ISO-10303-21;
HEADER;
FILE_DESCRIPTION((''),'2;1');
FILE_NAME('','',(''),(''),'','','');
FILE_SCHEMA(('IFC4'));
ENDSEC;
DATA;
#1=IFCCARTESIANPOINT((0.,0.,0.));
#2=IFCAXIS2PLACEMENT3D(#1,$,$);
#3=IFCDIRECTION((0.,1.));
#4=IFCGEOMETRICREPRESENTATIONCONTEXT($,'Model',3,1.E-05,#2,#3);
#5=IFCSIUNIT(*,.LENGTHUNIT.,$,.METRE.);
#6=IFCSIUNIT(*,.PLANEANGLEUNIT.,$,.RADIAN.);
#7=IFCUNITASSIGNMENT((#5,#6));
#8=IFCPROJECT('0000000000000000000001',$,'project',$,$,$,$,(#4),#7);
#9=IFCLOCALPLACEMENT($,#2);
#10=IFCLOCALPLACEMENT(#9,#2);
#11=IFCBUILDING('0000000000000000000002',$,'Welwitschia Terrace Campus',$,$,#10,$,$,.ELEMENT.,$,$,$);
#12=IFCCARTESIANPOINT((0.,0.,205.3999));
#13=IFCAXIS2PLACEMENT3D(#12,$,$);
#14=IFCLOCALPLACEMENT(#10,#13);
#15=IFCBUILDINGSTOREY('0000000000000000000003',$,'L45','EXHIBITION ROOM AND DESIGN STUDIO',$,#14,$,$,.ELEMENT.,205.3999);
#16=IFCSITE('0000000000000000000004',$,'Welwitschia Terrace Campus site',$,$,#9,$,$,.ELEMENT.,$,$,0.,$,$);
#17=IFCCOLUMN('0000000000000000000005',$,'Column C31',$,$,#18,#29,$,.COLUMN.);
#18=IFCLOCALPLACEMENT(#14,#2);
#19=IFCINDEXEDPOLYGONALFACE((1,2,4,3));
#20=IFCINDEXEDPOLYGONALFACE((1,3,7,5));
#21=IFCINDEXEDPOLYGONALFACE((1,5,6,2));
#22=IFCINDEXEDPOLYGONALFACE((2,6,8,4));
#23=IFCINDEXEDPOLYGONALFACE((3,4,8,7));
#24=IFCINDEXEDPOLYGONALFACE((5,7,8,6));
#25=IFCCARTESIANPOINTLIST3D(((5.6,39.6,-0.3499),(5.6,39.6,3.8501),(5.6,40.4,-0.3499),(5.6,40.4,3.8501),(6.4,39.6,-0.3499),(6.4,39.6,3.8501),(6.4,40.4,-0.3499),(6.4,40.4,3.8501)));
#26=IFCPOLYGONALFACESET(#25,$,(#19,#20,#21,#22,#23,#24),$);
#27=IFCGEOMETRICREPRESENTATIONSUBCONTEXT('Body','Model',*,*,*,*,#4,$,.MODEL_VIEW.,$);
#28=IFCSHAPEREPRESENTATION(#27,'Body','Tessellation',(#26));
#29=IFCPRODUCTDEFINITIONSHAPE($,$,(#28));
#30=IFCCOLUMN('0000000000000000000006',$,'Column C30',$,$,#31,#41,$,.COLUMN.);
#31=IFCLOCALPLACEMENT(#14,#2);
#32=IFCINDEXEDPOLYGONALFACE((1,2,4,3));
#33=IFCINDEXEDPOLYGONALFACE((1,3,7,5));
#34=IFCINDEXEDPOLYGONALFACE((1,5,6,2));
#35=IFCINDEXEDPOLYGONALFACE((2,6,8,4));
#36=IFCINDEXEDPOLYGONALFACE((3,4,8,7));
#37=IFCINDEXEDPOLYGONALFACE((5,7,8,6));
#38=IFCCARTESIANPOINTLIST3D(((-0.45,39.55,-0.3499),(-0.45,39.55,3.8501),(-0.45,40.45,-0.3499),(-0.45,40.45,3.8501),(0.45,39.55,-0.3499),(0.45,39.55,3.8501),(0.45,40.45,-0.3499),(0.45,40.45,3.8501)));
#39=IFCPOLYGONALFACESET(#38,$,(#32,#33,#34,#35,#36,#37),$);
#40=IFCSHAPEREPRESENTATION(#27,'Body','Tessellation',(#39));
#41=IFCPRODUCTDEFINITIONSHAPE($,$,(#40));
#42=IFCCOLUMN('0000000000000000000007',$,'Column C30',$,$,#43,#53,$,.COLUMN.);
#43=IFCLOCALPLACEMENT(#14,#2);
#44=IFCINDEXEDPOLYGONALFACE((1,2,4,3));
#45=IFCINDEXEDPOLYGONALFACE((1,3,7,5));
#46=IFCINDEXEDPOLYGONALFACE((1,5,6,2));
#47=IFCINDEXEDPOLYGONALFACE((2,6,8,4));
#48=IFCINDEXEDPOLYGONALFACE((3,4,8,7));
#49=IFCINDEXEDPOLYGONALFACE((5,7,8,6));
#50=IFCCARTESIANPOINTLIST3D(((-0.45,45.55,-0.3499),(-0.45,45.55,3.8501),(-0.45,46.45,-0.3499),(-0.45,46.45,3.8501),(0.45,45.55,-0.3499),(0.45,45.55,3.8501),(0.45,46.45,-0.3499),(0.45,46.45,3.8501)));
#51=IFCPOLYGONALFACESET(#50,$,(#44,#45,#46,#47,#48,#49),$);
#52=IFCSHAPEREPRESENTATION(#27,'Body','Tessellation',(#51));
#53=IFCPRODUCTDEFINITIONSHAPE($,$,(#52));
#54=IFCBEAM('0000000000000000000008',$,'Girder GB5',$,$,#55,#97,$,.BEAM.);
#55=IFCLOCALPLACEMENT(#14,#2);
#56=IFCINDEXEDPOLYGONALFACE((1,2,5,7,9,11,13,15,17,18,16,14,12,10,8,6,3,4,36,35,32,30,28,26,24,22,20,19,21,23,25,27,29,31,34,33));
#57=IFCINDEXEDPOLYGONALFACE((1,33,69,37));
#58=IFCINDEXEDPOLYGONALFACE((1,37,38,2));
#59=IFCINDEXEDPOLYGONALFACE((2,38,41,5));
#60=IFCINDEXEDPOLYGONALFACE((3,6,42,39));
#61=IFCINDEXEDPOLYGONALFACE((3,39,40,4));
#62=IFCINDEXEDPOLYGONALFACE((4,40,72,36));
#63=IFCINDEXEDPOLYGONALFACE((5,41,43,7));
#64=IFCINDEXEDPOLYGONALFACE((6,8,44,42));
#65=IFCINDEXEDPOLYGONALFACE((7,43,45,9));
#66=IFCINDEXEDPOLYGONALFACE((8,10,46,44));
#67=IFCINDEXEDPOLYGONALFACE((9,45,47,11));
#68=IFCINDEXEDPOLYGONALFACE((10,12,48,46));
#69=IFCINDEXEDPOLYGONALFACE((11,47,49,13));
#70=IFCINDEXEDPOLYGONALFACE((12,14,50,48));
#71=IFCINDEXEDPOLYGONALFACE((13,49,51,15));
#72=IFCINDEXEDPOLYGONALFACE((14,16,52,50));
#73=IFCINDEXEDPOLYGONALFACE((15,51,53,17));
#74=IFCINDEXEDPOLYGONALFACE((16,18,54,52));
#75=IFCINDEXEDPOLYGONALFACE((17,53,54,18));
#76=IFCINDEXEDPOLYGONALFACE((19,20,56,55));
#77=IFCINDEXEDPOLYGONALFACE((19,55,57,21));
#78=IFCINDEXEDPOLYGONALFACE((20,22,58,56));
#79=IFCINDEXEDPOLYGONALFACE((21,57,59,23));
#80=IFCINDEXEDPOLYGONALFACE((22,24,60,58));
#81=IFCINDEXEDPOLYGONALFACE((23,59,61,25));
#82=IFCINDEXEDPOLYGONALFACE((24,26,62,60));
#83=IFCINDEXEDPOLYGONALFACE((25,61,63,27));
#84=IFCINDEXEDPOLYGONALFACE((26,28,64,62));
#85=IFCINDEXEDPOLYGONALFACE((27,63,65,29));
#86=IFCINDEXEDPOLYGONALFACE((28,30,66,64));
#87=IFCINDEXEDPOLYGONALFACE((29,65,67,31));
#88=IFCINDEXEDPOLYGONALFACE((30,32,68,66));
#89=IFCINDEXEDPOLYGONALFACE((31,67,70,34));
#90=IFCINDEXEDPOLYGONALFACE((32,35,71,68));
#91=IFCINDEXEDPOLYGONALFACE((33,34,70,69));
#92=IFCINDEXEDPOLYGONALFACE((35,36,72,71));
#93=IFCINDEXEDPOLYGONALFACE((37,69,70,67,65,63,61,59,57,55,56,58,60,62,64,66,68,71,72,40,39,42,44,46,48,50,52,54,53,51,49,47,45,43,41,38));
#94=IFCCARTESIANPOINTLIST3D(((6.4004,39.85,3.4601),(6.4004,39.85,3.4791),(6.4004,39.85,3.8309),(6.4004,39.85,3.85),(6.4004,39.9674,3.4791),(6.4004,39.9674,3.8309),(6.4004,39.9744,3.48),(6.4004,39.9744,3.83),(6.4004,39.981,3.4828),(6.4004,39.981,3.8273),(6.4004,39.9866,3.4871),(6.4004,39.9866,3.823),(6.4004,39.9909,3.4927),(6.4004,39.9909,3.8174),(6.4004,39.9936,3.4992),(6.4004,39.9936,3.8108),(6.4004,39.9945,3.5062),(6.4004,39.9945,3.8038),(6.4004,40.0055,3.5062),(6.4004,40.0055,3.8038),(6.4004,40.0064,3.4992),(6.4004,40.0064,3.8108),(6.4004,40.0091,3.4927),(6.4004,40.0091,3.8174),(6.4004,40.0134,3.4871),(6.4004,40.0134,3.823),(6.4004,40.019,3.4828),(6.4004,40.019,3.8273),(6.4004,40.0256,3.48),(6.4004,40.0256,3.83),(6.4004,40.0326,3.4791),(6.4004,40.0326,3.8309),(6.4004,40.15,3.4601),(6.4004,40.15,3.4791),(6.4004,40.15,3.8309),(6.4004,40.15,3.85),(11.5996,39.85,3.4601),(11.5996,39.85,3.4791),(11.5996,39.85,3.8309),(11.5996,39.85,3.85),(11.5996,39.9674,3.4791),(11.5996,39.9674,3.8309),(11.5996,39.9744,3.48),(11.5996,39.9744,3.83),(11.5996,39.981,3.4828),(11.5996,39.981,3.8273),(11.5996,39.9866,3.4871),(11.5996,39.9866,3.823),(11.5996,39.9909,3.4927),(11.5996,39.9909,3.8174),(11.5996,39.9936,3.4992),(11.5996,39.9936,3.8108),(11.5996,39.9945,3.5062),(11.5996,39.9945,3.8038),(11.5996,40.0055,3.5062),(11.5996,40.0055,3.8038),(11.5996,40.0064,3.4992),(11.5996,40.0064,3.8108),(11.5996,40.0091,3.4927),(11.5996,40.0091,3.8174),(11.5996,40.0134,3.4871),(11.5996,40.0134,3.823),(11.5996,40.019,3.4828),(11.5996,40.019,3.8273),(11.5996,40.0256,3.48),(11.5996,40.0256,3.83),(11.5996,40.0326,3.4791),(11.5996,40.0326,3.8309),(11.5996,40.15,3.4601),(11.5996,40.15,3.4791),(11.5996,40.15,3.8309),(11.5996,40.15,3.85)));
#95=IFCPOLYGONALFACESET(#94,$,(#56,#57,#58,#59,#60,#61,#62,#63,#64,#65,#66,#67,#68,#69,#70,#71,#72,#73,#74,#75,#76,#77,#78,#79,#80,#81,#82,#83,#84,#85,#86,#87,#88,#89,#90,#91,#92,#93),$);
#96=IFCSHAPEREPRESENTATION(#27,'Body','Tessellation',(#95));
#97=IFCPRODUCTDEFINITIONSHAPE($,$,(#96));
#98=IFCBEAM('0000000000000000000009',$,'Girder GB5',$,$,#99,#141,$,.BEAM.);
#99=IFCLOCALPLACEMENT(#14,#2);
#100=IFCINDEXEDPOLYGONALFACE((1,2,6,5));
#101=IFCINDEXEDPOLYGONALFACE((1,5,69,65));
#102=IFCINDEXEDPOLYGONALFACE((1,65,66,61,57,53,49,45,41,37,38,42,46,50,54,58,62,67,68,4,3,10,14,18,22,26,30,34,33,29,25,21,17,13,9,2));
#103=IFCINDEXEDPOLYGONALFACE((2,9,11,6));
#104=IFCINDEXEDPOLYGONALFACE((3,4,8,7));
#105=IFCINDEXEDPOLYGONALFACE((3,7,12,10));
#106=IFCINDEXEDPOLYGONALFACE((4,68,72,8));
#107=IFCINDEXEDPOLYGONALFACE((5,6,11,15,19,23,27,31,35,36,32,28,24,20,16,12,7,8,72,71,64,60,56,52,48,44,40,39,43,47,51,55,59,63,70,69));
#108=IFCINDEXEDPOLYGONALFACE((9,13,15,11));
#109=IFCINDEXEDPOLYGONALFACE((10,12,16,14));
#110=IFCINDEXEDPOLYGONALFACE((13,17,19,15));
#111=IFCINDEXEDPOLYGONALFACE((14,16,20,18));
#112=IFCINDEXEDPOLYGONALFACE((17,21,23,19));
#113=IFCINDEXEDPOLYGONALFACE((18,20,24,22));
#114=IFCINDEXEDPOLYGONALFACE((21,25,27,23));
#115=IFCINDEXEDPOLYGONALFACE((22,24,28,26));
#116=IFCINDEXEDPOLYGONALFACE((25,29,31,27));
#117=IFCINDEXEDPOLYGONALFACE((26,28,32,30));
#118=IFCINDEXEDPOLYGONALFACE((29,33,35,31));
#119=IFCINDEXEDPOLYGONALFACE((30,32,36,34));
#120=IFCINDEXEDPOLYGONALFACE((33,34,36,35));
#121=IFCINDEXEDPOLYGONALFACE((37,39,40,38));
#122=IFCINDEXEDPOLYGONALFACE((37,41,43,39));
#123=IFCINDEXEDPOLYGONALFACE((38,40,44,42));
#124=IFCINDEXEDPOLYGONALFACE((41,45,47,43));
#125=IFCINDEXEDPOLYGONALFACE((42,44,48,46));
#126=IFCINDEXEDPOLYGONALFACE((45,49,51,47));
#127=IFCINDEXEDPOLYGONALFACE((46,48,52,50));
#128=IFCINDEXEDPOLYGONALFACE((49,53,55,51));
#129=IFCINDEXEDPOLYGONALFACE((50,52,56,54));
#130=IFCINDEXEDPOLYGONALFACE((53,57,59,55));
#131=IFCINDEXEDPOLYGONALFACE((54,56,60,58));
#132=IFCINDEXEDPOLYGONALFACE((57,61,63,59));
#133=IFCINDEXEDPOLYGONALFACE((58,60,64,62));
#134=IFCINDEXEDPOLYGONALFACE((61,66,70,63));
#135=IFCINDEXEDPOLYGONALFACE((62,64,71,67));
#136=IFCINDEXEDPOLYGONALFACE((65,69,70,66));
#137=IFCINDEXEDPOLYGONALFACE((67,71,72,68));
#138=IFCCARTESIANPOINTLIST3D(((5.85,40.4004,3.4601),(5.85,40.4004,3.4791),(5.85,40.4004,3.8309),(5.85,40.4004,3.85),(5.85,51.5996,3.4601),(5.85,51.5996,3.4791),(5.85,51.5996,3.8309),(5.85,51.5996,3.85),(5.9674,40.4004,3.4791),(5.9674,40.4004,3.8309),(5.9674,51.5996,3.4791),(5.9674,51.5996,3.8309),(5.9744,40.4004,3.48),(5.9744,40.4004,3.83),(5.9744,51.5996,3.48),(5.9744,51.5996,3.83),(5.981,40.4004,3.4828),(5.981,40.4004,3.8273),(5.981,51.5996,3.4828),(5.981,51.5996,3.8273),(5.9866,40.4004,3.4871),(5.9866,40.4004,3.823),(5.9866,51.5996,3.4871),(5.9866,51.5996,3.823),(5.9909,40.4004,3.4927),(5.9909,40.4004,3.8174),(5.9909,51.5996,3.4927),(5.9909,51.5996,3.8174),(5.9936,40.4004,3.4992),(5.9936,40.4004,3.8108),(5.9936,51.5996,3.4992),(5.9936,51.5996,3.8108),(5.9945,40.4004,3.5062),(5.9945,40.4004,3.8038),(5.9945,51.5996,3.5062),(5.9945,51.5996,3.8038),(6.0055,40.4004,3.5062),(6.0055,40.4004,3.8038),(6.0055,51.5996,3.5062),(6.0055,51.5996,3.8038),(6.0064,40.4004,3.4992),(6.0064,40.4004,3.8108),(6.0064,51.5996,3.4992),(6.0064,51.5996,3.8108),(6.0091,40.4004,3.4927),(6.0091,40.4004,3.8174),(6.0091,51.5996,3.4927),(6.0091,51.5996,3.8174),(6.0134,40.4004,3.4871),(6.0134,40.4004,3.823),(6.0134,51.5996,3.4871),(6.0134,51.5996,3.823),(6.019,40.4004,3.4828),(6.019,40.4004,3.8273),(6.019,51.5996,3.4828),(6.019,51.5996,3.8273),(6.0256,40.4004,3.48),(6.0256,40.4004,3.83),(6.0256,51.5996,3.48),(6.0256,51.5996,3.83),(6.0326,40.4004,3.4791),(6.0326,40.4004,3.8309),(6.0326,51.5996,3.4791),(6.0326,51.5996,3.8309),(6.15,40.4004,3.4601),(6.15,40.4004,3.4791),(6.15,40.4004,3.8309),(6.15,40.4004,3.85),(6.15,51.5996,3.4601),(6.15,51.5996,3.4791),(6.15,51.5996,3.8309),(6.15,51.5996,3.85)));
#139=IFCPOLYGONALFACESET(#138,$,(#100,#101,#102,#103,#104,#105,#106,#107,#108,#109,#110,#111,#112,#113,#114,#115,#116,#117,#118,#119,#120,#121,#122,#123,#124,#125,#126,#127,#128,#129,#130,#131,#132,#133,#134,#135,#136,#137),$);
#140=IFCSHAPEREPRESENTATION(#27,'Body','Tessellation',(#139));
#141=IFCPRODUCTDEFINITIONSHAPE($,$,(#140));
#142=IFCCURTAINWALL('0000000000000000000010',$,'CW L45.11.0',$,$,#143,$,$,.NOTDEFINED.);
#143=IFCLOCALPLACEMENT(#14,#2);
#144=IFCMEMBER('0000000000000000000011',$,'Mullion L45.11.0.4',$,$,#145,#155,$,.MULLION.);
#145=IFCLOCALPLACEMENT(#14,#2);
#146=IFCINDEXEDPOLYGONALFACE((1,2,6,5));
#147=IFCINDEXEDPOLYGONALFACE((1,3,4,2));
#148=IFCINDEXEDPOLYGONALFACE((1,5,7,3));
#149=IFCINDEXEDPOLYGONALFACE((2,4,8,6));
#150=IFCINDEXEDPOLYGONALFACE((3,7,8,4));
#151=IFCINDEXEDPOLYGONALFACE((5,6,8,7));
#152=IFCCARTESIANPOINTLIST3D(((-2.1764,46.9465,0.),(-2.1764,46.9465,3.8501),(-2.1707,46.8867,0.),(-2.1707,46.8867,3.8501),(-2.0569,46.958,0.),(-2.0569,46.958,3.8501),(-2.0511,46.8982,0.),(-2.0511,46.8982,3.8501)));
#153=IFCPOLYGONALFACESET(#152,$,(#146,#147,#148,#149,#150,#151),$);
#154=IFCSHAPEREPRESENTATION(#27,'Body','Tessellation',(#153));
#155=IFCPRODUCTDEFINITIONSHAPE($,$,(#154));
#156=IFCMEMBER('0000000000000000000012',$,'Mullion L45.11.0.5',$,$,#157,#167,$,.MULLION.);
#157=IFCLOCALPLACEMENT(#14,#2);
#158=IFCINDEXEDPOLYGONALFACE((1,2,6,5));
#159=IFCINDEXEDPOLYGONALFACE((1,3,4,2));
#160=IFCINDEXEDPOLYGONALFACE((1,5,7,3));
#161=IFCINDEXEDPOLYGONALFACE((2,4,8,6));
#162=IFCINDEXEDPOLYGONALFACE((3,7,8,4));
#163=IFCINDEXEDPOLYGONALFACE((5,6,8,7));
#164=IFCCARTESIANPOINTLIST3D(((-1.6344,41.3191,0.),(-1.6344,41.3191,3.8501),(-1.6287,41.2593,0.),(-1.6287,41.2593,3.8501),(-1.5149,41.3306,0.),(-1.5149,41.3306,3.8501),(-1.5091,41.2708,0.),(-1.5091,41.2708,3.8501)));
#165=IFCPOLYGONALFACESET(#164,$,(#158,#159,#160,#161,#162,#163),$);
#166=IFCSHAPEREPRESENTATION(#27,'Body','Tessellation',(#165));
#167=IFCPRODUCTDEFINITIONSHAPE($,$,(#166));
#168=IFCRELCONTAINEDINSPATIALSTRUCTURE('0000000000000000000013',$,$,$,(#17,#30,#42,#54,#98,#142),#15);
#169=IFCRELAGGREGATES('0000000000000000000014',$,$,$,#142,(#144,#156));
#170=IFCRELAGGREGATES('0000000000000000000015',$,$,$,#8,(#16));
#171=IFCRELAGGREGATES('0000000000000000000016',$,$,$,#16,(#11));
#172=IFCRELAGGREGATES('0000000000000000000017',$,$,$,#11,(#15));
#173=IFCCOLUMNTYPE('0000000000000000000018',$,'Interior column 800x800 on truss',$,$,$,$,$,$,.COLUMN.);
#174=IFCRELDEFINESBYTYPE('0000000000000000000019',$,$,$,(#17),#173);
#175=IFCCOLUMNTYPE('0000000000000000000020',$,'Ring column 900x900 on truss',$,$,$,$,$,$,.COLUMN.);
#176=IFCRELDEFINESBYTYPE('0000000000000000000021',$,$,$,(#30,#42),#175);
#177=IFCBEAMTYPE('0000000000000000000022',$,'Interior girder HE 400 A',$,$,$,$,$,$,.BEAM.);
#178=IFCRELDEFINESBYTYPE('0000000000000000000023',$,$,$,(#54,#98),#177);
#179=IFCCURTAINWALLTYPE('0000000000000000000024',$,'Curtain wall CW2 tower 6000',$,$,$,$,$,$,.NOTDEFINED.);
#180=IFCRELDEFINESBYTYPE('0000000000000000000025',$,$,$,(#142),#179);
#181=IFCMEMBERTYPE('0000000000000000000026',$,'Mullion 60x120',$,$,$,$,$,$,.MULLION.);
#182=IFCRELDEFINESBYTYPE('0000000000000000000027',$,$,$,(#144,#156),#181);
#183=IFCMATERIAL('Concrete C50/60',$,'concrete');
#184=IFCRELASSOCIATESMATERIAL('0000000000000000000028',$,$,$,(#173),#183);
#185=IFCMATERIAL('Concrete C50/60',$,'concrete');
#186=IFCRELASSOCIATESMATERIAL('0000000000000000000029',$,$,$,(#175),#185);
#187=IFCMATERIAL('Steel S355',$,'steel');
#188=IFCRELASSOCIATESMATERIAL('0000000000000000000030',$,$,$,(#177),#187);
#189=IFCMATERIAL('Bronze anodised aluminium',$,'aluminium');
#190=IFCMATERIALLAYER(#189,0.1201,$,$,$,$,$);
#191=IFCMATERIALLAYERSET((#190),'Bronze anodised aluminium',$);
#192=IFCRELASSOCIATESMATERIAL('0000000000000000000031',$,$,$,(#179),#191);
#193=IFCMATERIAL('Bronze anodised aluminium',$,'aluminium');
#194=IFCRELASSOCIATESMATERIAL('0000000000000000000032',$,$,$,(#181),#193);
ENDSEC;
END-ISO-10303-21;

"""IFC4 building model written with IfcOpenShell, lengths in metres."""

from ifc_helpers import new_model, si_unit, direction, frame, origin, origin_2d, place, context, subcontext, project, spatial, rectangle, i_section, extrude, material, layer, layer_set, material_profile, profile_set, type_object, element, aggregate, save


model = new_model("IFC4")

# Units and contexts
model_context = context("Model", 3, precision=1e-05, world=origin(), true_north=direction((0.0, 1.0)))
body_context = subcontext(model_context, "Body", "Model", "MODEL_VIEW")
ifc_project = project(units=[si_unit("LENGTHUNIT", "METRE"), si_unit("PLANEANGLEUNIT", "RADIAN")], contexts=[model_context])

# Site, building, storey
site_placement = place(None, origin())
site = spatial("IfcSite", under=ifc_project, at=site_placement, Name="Welwitschia Terrace Campus site", CompositionType="ELEMENT", RefElevation=0.0)
building_placement = place(site_placement, origin())
building = spatial("IfcBuilding", under=site, at=building_placement, Name="Welwitschia Terrace Campus", CompositionType="ELEMENT")
storey_placement = place(building_placement, frame((0.0, 0.0, 205.3999)))
storey = spatial("IfcBuildingStorey", under=building, at=storey_placement, Name="L45", Description="EXHIBITION ROOM AND DESIGN STUDIO", CompositionType="ELEMENT", Elevation=205.3999)

# Columns
ifc_material_1 = material(Name="Concrete C50/60", Category="concrete")
ifc_material_profile_1 = material_profile(ifc_material_1, rectangle(XDim=0.8, YDim=0.8, at=origin_2d()))
ifc_profile_set_1 = profile_set([ifc_material_profile_1], Name="Concrete C50/60")
column_type_1 = type_object("IfcColumnType", Name="Interior column 800x800 on truss", PredefinedType="COLUMN", material=ifc_profile_set_1)
column_placement = place(storey_placement, frame((6.0, 40.0, -0.3499), z_axis=(0.0, 0.0, 1.0), x_axis=(1.0, 0.0, 0.0)))
element("IfcColumn", 1, at=column_placement, inside=storey, type_object=column_type_1, Name="Column C31", PredefinedType="COLUMN", context=body_context, shape_type="SweptSolid", body=[
    extrude(rectangle(XDim=0.8, YDim=0.8, at=origin_2d()), origin(), (0.0, 0.0, 1.0), 4.2),
])
ifc_material_2 = material(Name="Concrete C50/60", Category="concrete")
ifc_material_profile_2 = material_profile(ifc_material_2, rectangle(XDim=0.8999, YDim=0.8999, at=origin_2d()))
ifc_profile_set_2 = profile_set([ifc_material_profile_2], Name="Concrete C50/60")
column_type_2 = type_object("IfcColumnType", Name="Ring column 900x900 on truss", PredefinedType="COLUMN", material=ifc_profile_set_2)
for number, where, z_axis, x_axis, name in (
    (2, (0.0, 40.0, -0.3499), (0.0, 0.0, 1.0), (1.0, 0.0, 0.0), "Column C30"),
    (3, (0.0, 46.0, -0.3499), (0.0, 0.0, 1.0), (1.0, 0.0, 0.0), "Column C30"),
):
    element("IfcColumn", number, at=place(storey_placement, frame(where, z_axis=z_axis, x_axis=x_axis)), inside=storey, type_object=column_type_2, Name=name, PredefinedType="COLUMN", context=body_context, shape_type="SweptSolid", body=[
        extrude(rectangle(XDim=0.8999, YDim=0.8999, at=origin_2d()), origin(), (0.0, 0.0, 1.0), 4.2),
    ])

# Beams
ifc_material_3 = material(Name="Steel S355", Category="steel")
ifc_material_profile_3 = material_profile(ifc_material_3, i_section(OverallWidth=0.3, OverallDepth=0.3899, WebThickness=0.011, FlangeThickness=0.019, FilletRadius=0.0271, at=origin_2d()))
ifc_profile_set_3 = profile_set([ifc_material_profile_3], Name="Steel S355")
beam_type_1 = type_object("IfcBeamType", Name="Interior girder HE 400 A", PredefinedType="BEAM", material=ifc_profile_set_3)
beam_1_placement = place(storey_placement, frame((6.4004, 40.0, 3.655), z_axis=(1.0, 0.0, 0.0), x_axis=(0.0, 1.0, 0.0)))
element("IfcBeam", 4, at=beam_1_placement, inside=storey, type_object=beam_type_1, Name="Girder GB5", PredefinedType="BEAM", context=body_context, shape_type="SweptSolid", body=[
    extrude(i_section(OverallWidth=0.3, OverallDepth=0.3899, WebThickness=0.011, FlangeThickness=0.019, FilletRadius=0.0271, at=origin_2d()), origin(), (0.0, 0.0, 1.0), 5.1992),
])
beam_2_placement = place(storey_placement, frame((6.0, 40.4004, 3.655), z_axis=(0.0, 1.0, 0.0), x_axis=(-1.0, 0.0, 0.0)))
element("IfcBeam", 5, at=beam_2_placement, inside=storey, type_object=beam_type_1, Name="Girder GB5", PredefinedType="BEAM", context=body_context, shape_type="SweptSolid", body=[
    extrude(i_section(OverallWidth=0.3, OverallDepth=0.3899, WebThickness=0.011, FlangeThickness=0.019, FilletRadius=0.0271, at=origin_2d()), origin(), (0.0, 0.0, 1.0), 11.1992),
])

# Curtain wall, members
ifc_material_4 = material(Name="Bronze anodised aluminium", Category="aluminium")
ifc_layer_1 = layer(ifc_material_4, 0.1201)
ifc_layer_set_1 = layer_set([ifc_layer_1], Name="Bronze anodised aluminium")
curtain_wall_type = type_object("IfcCurtainWallType", Name="Curtain wall CW2 tower 6000", PredefinedType="NOTDEFINED", material=ifc_layer_set_1)
curtain_wall_placement = place(storey_placement, origin())
curtain_wall = element("IfcCurtainWall", 6, at=curtain_wall_placement, inside=storey, type_object=curtain_wall_type, Name="CW L45.11.0", PredefinedType="NOTDEFINED")
ifc_material_5 = material(Name="Bronze anodised aluminium", Category="aluminium")
ifc_material_profile_4 = material_profile(ifc_material_5, rectangle(XDim=0.1201, YDim=0.0601, at=origin_2d()))
ifc_profile_set_4 = profile_set([ifc_material_profile_4], Name="Bronze anodised aluminium")
member_type = type_object("IfcMemberType", Name="Mullion 60x120", PredefinedType="MULLION", material=ifc_profile_set_4)
member_1_placement = place(storey_placement, frame((-2.1138, 46.9224, 0.0), z_axis=(0.0, 0.0, 1.0), x_axis=(0.995396, 0.095846, 0.0)))
member_1 = element("IfcMember", 7, at=member_1_placement, type_object=member_type, Name="Mullion L45.11.0.4", PredefinedType="MULLION", context=body_context, shape_type="SweptSolid", body=[
    extrude(rectangle(XDim=0.1201, YDim=0.0601, at=origin_2d()), origin(), (0.0, 0.0, 1.0), 3.8501),
])
member_2_placement = place(storey_placement, frame((-1.5718, 41.2949, 0.0), z_axis=(0.0, 0.0, 1.0), x_axis=(0.995396, 0.095846, 0.0)))
member_2 = element("IfcMember", 8, at=member_2_placement, type_object=member_type, Name="Mullion L45.11.0.5", PredefinedType="MULLION", context=body_context, shape_type="SweptSolid", body=[
    extrude(rectangle(XDim=0.1201, YDim=0.0601, at=origin_2d()), origin(), (0.0, 0.0, 1.0), 3.8501),
])

aggregate(curtain_wall, [member_1, member_2])

save(model, "model.ifc")
